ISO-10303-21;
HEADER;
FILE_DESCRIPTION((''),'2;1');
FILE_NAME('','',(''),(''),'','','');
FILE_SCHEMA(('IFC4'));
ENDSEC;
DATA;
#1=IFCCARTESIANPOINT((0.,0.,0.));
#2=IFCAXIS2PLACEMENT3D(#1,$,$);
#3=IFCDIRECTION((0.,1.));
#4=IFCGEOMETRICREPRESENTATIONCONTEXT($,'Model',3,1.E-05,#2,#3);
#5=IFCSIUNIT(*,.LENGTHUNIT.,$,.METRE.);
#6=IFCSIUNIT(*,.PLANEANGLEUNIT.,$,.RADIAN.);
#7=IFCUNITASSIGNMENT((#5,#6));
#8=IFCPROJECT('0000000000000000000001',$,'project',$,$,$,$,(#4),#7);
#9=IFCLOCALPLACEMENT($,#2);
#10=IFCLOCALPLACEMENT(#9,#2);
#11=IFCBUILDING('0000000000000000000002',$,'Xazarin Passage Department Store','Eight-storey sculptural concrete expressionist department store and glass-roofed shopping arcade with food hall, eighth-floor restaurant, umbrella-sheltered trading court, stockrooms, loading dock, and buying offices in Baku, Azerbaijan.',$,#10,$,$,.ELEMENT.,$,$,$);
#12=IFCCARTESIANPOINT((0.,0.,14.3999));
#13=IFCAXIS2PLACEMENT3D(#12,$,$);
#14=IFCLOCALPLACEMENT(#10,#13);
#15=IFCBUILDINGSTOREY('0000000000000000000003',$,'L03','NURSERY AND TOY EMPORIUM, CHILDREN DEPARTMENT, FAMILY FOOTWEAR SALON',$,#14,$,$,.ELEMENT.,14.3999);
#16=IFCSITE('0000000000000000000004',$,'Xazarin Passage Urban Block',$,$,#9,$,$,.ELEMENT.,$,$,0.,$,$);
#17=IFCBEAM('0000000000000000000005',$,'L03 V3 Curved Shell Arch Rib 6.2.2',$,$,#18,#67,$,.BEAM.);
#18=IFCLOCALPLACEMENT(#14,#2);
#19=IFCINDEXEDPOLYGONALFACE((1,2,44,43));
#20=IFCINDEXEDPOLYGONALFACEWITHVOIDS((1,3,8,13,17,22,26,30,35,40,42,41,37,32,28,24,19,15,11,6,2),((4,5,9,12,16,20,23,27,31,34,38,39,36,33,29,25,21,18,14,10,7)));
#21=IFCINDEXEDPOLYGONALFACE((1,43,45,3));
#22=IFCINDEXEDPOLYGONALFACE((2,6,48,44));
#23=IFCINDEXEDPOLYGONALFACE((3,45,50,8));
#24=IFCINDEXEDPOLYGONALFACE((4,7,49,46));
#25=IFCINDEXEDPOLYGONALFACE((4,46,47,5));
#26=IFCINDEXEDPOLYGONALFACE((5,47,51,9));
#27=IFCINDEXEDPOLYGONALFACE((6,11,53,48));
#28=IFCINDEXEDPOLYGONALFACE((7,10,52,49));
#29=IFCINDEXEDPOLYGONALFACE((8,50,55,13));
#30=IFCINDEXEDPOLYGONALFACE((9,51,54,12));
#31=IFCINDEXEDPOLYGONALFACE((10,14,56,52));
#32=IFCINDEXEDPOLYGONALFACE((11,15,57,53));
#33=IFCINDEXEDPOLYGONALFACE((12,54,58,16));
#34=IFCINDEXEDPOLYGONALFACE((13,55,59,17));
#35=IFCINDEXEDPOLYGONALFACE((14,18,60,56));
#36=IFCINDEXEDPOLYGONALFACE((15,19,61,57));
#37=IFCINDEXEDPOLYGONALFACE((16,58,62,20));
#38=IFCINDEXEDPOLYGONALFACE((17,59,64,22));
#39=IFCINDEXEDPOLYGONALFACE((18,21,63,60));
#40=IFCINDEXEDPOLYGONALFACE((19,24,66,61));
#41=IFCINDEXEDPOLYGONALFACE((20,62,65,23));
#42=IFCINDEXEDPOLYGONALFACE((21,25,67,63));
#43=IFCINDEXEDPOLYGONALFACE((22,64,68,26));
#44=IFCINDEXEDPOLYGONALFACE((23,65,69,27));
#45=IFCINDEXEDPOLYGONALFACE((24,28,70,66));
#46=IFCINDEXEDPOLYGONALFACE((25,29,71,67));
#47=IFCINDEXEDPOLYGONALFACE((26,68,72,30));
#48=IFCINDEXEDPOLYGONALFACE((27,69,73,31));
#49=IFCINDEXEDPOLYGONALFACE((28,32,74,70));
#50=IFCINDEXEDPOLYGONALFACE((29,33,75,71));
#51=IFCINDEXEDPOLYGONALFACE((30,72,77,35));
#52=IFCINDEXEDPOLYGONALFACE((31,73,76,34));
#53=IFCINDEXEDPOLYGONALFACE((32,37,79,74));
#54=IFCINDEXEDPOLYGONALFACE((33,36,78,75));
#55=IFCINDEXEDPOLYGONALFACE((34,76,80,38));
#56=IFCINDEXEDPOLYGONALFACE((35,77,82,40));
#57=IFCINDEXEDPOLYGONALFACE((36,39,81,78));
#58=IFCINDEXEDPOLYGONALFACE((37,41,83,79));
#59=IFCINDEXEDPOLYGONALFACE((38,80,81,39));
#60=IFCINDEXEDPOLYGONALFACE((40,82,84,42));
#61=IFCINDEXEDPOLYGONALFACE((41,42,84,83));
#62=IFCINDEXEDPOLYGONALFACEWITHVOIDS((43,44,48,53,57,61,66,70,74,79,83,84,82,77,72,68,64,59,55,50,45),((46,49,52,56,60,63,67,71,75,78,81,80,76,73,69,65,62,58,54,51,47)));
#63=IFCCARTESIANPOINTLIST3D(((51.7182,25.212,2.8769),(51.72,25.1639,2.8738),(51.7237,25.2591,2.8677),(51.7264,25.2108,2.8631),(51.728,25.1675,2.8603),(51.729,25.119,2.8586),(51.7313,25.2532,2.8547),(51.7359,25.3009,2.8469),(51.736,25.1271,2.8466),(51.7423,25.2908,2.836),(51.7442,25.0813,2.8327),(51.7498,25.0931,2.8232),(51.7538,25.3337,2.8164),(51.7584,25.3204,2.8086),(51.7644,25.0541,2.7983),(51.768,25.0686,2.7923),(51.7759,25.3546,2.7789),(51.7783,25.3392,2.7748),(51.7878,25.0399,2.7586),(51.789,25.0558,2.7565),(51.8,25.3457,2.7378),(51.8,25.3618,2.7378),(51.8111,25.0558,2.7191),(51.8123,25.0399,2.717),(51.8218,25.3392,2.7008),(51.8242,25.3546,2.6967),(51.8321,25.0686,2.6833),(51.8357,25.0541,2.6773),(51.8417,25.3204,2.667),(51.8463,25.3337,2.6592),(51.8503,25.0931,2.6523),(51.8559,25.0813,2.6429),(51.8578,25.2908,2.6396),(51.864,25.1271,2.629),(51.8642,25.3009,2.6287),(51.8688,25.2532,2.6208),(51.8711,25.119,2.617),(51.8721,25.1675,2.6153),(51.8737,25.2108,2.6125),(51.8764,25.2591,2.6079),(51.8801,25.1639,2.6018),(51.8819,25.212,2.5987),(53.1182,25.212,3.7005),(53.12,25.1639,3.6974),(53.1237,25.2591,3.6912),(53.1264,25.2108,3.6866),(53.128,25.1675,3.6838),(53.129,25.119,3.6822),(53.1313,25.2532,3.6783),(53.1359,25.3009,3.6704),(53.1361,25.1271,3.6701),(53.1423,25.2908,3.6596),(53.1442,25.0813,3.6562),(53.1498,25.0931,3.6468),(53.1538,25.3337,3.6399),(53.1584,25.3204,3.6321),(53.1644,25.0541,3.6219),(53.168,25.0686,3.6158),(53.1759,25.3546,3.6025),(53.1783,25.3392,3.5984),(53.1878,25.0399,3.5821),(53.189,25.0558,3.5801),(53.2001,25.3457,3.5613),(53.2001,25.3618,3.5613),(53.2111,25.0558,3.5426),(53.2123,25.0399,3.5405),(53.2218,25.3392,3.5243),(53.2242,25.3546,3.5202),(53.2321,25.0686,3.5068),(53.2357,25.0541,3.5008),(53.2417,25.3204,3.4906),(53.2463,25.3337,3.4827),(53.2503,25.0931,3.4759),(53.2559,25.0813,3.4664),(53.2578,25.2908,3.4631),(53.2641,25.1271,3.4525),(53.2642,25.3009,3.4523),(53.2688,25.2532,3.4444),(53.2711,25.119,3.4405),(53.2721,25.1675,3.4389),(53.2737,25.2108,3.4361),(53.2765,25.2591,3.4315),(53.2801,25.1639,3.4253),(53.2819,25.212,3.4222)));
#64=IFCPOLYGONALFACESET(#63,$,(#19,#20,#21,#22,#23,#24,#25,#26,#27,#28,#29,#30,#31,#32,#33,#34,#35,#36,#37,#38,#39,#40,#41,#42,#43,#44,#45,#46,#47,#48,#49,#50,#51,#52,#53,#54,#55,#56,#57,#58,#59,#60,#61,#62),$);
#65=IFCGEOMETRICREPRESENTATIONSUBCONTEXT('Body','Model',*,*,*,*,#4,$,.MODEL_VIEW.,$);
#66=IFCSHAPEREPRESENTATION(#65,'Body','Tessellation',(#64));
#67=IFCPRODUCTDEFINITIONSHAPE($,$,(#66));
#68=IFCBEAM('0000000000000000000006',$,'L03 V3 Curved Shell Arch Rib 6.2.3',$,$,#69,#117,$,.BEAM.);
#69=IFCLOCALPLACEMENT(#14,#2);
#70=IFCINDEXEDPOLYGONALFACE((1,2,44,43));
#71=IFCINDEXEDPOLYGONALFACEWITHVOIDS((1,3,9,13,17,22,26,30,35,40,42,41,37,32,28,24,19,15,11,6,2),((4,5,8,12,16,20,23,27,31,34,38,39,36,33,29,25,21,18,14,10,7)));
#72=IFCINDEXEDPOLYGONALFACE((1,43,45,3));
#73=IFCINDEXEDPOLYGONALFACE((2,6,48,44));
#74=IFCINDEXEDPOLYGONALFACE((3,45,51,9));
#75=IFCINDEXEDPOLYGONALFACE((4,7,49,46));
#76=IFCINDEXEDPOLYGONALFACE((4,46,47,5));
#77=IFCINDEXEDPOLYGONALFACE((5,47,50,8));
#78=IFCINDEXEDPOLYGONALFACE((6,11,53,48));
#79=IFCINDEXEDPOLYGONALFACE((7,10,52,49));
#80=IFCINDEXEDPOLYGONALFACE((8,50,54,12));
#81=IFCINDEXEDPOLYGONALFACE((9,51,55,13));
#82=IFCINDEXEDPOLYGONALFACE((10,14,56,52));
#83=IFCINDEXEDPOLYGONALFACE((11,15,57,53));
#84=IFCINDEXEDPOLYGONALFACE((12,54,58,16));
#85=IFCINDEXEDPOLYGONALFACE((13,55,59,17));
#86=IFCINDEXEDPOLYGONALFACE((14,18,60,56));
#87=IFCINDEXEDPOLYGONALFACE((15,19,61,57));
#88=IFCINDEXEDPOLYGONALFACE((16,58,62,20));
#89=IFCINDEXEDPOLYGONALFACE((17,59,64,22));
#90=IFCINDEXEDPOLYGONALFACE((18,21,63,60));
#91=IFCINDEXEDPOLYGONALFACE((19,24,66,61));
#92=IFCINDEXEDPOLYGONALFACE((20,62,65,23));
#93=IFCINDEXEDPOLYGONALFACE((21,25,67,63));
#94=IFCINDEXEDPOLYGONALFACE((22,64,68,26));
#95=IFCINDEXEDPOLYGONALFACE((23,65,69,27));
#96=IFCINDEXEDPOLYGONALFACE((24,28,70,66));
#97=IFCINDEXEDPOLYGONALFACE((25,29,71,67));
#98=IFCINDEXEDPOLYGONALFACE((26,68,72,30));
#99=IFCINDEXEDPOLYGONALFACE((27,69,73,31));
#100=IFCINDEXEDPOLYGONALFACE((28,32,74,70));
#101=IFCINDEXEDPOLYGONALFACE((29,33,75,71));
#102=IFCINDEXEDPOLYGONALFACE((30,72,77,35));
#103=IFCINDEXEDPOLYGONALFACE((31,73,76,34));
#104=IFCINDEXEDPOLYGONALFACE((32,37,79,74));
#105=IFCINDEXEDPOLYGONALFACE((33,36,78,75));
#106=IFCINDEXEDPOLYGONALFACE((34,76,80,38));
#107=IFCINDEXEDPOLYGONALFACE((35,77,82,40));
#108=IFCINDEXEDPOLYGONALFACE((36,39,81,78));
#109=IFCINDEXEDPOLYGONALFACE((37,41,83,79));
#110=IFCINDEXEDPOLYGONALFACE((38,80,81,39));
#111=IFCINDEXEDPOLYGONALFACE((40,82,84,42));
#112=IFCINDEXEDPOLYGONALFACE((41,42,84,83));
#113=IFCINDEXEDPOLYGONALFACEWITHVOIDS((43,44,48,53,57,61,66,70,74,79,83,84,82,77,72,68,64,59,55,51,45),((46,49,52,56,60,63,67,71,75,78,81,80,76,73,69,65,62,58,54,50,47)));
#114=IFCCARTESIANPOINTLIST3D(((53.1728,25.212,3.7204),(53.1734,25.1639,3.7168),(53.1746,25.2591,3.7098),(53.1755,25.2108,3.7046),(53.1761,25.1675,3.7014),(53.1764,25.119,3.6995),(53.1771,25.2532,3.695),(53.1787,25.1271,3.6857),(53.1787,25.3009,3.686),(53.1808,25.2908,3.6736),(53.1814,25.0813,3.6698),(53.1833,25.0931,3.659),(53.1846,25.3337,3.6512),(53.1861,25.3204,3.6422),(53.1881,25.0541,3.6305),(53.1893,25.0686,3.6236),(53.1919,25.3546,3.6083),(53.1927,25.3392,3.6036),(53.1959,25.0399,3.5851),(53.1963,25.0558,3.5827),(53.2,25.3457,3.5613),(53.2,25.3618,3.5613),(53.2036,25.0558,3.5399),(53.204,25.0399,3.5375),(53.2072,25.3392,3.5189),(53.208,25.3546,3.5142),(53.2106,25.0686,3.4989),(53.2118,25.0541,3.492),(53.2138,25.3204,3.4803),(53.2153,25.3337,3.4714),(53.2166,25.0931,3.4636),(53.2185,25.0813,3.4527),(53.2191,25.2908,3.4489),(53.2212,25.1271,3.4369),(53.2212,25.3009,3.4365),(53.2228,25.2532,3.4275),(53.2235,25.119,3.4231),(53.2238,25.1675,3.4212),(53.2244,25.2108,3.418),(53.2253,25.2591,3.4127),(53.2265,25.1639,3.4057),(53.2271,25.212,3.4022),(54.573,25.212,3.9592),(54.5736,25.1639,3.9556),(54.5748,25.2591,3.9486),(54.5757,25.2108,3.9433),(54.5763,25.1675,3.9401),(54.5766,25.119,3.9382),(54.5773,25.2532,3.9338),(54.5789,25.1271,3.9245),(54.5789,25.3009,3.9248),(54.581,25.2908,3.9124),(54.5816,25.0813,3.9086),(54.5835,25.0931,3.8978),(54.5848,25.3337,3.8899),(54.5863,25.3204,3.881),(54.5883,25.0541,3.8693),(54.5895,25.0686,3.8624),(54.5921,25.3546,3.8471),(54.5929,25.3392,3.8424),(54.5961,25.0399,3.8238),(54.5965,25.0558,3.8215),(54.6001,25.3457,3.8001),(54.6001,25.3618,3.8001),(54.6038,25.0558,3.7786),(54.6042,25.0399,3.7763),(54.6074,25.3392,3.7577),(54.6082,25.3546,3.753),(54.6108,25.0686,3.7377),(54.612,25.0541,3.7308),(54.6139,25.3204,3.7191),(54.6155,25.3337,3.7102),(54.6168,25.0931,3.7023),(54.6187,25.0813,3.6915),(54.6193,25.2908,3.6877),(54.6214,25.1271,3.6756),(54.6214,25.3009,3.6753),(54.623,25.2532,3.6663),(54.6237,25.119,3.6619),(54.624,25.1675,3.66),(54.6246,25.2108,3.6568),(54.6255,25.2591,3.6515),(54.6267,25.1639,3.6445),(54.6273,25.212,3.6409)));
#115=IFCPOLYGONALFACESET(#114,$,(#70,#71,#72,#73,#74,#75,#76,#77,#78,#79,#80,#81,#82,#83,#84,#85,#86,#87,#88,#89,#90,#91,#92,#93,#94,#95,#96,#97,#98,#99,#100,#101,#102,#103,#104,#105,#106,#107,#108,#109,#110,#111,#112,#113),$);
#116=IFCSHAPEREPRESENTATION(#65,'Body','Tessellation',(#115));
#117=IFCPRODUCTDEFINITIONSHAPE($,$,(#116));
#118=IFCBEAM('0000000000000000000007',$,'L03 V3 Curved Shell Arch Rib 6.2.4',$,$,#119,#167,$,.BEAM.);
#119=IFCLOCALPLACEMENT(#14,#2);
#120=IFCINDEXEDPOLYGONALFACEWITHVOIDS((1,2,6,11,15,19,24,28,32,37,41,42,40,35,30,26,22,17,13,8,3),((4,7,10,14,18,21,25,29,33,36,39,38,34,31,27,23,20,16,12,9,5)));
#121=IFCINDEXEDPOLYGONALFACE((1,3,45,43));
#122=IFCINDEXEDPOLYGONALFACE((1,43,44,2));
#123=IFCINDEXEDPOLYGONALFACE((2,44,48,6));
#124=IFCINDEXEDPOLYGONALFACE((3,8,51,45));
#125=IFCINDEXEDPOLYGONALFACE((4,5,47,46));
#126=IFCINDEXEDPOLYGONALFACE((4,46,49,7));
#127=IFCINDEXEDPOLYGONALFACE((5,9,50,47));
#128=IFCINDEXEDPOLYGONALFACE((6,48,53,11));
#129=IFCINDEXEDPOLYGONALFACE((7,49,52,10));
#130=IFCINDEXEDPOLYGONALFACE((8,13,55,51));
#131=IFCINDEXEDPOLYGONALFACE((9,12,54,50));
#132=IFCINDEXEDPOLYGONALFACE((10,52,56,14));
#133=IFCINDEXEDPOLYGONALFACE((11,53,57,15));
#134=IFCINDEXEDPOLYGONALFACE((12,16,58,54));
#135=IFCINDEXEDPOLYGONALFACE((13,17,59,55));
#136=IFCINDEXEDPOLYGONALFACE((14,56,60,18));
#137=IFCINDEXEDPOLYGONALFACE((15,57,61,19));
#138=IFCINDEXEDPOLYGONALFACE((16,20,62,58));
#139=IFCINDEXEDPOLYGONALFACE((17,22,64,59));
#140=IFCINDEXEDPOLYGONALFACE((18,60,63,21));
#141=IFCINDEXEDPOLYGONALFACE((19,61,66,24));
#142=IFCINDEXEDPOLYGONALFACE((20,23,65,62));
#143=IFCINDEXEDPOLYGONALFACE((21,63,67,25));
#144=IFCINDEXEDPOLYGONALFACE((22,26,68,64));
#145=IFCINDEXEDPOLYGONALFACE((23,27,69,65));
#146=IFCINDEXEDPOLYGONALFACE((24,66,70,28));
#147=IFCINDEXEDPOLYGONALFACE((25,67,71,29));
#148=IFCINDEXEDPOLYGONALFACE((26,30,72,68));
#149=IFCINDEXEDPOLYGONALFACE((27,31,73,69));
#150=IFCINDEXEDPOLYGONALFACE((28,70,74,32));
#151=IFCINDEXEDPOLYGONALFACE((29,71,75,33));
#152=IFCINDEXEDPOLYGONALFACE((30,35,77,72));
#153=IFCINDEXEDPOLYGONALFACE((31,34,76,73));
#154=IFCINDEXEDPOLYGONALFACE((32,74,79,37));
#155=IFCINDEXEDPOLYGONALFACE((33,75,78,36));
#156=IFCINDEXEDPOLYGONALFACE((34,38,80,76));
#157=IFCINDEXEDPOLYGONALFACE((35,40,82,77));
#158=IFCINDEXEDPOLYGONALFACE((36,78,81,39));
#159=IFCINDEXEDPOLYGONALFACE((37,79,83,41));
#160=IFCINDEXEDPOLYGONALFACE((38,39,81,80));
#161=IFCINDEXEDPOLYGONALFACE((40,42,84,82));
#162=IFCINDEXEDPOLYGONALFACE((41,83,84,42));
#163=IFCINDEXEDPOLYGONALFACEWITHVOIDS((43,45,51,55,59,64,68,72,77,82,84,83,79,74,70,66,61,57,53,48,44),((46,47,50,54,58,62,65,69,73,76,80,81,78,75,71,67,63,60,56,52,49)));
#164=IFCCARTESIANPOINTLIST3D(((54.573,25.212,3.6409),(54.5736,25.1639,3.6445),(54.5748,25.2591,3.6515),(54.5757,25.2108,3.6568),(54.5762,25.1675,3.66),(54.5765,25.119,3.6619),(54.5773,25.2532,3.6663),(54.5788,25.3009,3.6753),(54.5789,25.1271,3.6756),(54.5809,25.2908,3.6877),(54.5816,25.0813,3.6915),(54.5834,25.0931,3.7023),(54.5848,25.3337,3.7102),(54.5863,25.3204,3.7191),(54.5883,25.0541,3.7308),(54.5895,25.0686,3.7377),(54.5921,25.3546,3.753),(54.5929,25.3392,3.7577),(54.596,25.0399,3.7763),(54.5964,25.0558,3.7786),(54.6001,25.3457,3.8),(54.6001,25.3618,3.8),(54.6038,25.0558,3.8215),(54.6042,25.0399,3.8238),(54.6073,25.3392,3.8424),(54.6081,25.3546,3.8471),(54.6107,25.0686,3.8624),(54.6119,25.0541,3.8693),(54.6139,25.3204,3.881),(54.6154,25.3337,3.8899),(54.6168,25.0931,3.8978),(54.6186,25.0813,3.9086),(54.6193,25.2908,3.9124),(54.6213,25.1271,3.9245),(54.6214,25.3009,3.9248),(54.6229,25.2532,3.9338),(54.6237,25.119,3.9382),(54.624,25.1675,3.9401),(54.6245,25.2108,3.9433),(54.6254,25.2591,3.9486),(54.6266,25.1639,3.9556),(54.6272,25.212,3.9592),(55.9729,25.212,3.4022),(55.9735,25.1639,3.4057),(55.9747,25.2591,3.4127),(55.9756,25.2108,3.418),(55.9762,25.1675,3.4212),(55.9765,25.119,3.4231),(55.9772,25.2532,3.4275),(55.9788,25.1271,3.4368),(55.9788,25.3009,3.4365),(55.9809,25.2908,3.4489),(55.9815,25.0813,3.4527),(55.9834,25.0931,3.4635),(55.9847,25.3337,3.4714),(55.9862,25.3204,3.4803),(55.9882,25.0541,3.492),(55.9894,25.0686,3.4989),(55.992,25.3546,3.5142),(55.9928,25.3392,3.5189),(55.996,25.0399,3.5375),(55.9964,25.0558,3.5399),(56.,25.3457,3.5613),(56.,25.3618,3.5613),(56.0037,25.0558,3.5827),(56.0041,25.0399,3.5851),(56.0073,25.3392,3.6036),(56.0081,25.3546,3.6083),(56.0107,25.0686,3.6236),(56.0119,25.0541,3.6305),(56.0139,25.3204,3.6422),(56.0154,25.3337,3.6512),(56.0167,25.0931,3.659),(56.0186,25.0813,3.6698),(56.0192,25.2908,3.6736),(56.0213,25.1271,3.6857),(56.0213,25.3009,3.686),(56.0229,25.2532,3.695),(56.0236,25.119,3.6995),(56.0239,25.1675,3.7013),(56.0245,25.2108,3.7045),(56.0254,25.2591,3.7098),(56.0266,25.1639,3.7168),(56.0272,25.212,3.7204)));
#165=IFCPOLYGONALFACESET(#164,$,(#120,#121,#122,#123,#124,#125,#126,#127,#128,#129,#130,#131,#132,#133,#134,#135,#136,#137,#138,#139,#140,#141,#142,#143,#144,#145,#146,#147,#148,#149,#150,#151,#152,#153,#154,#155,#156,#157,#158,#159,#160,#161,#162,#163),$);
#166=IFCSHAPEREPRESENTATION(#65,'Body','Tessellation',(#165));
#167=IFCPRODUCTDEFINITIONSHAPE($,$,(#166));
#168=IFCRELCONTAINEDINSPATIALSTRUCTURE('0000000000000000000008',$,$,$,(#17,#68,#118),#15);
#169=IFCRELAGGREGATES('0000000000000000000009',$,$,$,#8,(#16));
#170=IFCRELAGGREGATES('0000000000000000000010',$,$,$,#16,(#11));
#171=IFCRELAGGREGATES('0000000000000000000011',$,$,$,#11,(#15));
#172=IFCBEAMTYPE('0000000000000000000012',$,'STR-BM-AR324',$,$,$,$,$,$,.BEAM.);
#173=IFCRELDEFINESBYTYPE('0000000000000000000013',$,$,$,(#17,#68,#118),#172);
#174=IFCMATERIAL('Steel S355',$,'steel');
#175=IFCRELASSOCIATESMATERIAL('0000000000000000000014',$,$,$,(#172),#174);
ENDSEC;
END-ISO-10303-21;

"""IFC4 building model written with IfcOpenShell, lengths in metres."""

from ifc_helpers import new_model, si_unit, direction, frame, origin, origin_2d, place, context, subcontext, project, spatial, hollow_circle, extrude, material, material_profile, profile_set, type_object, element, save


model = new_model("IFC4")

# Units and contexts
model_context = context("Model", 3, precision=1e-05, world=origin(), true_north=direction((0.0, 1.0)))
body_context = subcontext(model_context, "Body", "Model", "MODEL_VIEW")
ifc_project = project(units=[si_unit("LENGTHUNIT", "METRE"), si_unit("PLANEANGLEUNIT", "RADIAN")], contexts=[model_context])

# Site, building, storey
site_placement = place(None, origin())
site = spatial("IfcSite", under=ifc_project, at=site_placement, Name="Xazarin Passage Urban Block", CompositionType="ELEMENT", RefElevation=0.0)
building_placement = place(site_placement, origin())
building = spatial("IfcBuilding", under=site, at=building_placement, Name="Xazarin Passage Department Store", Description="Eight-storey sculptural concrete expressionist department store and glass-roofed shopping arcade with food hall, eighth-floor restaurant, umbrella-sheltered trading court, stockrooms, loading dock, and buying offices in Baku, Azerbaijan.", CompositionType="ELEMENT")
storey_placement = place(building_placement, frame((0.0, 0.0, 14.3999)))
storey = spatial("IfcBuildingStorey", under=building, at=storey_placement, Name="L03", Description="NURSERY AND TOY EMPORIUM, CHILDREN DEPARTMENT, FAMILY FOOTWEAR SALON", CompositionType="ELEMENT", Elevation=14.3999)

# Beams
ifc_material_1 = material(Name="Steel S355", Category="steel")
ifc_material_profile_1 = material_profile(ifc_material_1, hollow_circle(Radius=0.1619, WallThickness=0.0161, at=origin_2d()), Name="CHS 323.9x16")
ifc_profile_set_1 = profile_set([ifc_material_profile_1], Name="Steel S355")
beam_type_1 = type_object("IfcBeamType", Name="STR-BM-AR324", PredefinedType="BEAM", material=ifc_profile_set_1)
beam_1_placement = place(storey_placement, frame((51.8, 25.2, 2.7378), z_axis=(0.86193, 0.0, 0.507027), x_axis=(0.0, 1.0, 0.0)))
element("IfcBeam", 1, at=beam_1_placement, inside=storey, type_object=beam_type_1, Name="L03 V3 Curved Shell Arch Rib 6.2.2", PredefinedType="BEAM", context=body_context, shape_type="SweptSolid", body=[
    extrude(hollow_circle(Radius=0.1619, WallThickness=0.0161, at=origin_2d()), origin(), (0.0, 0.0, 1.0), 1.6243),
])
beam_2_placement = place(storey_placement, frame((53.2, 25.2, 3.5613), z_axis=(0.985769, 0.0, 0.168105), x_axis=(0.0, 1.0, 0.0)))
element("IfcBeam", 2, at=beam_2_placement, inside=storey, type_object=beam_type_1, Name="L03 V3 Curved Shell Arch Rib 6.2.3", PredefinedType="BEAM", context=body_context, shape_type="SweptSolid", body=[
    extrude(hollow_circle(Radius=0.1619, WallThickness=0.0161, at=origin_2d()), origin(), (0.0, 0.0, 1.0), 1.4204),
])
beam_3_placement = place(storey_placement, frame((54.6001, 25.2, 3.8), z_axis=(0.985764, 0.0, -0.168133), x_axis=(0.0, 1.0, 0.0)))
element("IfcBeam", 3, at=beam_3_placement, inside=storey, type_object=beam_type_1, Name="L03 V3 Curved Shell Arch Rib 6.2.4", PredefinedType="BEAM", context=body_context, shape_type="SweptSolid", body=[
    extrude(hollow_circle(Radius=0.1619, WallThickness=0.0161, at=origin_2d()), origin(), (0.0, 0.0, 1.0), 1.4202),
])

save(model, "model.ifc")
